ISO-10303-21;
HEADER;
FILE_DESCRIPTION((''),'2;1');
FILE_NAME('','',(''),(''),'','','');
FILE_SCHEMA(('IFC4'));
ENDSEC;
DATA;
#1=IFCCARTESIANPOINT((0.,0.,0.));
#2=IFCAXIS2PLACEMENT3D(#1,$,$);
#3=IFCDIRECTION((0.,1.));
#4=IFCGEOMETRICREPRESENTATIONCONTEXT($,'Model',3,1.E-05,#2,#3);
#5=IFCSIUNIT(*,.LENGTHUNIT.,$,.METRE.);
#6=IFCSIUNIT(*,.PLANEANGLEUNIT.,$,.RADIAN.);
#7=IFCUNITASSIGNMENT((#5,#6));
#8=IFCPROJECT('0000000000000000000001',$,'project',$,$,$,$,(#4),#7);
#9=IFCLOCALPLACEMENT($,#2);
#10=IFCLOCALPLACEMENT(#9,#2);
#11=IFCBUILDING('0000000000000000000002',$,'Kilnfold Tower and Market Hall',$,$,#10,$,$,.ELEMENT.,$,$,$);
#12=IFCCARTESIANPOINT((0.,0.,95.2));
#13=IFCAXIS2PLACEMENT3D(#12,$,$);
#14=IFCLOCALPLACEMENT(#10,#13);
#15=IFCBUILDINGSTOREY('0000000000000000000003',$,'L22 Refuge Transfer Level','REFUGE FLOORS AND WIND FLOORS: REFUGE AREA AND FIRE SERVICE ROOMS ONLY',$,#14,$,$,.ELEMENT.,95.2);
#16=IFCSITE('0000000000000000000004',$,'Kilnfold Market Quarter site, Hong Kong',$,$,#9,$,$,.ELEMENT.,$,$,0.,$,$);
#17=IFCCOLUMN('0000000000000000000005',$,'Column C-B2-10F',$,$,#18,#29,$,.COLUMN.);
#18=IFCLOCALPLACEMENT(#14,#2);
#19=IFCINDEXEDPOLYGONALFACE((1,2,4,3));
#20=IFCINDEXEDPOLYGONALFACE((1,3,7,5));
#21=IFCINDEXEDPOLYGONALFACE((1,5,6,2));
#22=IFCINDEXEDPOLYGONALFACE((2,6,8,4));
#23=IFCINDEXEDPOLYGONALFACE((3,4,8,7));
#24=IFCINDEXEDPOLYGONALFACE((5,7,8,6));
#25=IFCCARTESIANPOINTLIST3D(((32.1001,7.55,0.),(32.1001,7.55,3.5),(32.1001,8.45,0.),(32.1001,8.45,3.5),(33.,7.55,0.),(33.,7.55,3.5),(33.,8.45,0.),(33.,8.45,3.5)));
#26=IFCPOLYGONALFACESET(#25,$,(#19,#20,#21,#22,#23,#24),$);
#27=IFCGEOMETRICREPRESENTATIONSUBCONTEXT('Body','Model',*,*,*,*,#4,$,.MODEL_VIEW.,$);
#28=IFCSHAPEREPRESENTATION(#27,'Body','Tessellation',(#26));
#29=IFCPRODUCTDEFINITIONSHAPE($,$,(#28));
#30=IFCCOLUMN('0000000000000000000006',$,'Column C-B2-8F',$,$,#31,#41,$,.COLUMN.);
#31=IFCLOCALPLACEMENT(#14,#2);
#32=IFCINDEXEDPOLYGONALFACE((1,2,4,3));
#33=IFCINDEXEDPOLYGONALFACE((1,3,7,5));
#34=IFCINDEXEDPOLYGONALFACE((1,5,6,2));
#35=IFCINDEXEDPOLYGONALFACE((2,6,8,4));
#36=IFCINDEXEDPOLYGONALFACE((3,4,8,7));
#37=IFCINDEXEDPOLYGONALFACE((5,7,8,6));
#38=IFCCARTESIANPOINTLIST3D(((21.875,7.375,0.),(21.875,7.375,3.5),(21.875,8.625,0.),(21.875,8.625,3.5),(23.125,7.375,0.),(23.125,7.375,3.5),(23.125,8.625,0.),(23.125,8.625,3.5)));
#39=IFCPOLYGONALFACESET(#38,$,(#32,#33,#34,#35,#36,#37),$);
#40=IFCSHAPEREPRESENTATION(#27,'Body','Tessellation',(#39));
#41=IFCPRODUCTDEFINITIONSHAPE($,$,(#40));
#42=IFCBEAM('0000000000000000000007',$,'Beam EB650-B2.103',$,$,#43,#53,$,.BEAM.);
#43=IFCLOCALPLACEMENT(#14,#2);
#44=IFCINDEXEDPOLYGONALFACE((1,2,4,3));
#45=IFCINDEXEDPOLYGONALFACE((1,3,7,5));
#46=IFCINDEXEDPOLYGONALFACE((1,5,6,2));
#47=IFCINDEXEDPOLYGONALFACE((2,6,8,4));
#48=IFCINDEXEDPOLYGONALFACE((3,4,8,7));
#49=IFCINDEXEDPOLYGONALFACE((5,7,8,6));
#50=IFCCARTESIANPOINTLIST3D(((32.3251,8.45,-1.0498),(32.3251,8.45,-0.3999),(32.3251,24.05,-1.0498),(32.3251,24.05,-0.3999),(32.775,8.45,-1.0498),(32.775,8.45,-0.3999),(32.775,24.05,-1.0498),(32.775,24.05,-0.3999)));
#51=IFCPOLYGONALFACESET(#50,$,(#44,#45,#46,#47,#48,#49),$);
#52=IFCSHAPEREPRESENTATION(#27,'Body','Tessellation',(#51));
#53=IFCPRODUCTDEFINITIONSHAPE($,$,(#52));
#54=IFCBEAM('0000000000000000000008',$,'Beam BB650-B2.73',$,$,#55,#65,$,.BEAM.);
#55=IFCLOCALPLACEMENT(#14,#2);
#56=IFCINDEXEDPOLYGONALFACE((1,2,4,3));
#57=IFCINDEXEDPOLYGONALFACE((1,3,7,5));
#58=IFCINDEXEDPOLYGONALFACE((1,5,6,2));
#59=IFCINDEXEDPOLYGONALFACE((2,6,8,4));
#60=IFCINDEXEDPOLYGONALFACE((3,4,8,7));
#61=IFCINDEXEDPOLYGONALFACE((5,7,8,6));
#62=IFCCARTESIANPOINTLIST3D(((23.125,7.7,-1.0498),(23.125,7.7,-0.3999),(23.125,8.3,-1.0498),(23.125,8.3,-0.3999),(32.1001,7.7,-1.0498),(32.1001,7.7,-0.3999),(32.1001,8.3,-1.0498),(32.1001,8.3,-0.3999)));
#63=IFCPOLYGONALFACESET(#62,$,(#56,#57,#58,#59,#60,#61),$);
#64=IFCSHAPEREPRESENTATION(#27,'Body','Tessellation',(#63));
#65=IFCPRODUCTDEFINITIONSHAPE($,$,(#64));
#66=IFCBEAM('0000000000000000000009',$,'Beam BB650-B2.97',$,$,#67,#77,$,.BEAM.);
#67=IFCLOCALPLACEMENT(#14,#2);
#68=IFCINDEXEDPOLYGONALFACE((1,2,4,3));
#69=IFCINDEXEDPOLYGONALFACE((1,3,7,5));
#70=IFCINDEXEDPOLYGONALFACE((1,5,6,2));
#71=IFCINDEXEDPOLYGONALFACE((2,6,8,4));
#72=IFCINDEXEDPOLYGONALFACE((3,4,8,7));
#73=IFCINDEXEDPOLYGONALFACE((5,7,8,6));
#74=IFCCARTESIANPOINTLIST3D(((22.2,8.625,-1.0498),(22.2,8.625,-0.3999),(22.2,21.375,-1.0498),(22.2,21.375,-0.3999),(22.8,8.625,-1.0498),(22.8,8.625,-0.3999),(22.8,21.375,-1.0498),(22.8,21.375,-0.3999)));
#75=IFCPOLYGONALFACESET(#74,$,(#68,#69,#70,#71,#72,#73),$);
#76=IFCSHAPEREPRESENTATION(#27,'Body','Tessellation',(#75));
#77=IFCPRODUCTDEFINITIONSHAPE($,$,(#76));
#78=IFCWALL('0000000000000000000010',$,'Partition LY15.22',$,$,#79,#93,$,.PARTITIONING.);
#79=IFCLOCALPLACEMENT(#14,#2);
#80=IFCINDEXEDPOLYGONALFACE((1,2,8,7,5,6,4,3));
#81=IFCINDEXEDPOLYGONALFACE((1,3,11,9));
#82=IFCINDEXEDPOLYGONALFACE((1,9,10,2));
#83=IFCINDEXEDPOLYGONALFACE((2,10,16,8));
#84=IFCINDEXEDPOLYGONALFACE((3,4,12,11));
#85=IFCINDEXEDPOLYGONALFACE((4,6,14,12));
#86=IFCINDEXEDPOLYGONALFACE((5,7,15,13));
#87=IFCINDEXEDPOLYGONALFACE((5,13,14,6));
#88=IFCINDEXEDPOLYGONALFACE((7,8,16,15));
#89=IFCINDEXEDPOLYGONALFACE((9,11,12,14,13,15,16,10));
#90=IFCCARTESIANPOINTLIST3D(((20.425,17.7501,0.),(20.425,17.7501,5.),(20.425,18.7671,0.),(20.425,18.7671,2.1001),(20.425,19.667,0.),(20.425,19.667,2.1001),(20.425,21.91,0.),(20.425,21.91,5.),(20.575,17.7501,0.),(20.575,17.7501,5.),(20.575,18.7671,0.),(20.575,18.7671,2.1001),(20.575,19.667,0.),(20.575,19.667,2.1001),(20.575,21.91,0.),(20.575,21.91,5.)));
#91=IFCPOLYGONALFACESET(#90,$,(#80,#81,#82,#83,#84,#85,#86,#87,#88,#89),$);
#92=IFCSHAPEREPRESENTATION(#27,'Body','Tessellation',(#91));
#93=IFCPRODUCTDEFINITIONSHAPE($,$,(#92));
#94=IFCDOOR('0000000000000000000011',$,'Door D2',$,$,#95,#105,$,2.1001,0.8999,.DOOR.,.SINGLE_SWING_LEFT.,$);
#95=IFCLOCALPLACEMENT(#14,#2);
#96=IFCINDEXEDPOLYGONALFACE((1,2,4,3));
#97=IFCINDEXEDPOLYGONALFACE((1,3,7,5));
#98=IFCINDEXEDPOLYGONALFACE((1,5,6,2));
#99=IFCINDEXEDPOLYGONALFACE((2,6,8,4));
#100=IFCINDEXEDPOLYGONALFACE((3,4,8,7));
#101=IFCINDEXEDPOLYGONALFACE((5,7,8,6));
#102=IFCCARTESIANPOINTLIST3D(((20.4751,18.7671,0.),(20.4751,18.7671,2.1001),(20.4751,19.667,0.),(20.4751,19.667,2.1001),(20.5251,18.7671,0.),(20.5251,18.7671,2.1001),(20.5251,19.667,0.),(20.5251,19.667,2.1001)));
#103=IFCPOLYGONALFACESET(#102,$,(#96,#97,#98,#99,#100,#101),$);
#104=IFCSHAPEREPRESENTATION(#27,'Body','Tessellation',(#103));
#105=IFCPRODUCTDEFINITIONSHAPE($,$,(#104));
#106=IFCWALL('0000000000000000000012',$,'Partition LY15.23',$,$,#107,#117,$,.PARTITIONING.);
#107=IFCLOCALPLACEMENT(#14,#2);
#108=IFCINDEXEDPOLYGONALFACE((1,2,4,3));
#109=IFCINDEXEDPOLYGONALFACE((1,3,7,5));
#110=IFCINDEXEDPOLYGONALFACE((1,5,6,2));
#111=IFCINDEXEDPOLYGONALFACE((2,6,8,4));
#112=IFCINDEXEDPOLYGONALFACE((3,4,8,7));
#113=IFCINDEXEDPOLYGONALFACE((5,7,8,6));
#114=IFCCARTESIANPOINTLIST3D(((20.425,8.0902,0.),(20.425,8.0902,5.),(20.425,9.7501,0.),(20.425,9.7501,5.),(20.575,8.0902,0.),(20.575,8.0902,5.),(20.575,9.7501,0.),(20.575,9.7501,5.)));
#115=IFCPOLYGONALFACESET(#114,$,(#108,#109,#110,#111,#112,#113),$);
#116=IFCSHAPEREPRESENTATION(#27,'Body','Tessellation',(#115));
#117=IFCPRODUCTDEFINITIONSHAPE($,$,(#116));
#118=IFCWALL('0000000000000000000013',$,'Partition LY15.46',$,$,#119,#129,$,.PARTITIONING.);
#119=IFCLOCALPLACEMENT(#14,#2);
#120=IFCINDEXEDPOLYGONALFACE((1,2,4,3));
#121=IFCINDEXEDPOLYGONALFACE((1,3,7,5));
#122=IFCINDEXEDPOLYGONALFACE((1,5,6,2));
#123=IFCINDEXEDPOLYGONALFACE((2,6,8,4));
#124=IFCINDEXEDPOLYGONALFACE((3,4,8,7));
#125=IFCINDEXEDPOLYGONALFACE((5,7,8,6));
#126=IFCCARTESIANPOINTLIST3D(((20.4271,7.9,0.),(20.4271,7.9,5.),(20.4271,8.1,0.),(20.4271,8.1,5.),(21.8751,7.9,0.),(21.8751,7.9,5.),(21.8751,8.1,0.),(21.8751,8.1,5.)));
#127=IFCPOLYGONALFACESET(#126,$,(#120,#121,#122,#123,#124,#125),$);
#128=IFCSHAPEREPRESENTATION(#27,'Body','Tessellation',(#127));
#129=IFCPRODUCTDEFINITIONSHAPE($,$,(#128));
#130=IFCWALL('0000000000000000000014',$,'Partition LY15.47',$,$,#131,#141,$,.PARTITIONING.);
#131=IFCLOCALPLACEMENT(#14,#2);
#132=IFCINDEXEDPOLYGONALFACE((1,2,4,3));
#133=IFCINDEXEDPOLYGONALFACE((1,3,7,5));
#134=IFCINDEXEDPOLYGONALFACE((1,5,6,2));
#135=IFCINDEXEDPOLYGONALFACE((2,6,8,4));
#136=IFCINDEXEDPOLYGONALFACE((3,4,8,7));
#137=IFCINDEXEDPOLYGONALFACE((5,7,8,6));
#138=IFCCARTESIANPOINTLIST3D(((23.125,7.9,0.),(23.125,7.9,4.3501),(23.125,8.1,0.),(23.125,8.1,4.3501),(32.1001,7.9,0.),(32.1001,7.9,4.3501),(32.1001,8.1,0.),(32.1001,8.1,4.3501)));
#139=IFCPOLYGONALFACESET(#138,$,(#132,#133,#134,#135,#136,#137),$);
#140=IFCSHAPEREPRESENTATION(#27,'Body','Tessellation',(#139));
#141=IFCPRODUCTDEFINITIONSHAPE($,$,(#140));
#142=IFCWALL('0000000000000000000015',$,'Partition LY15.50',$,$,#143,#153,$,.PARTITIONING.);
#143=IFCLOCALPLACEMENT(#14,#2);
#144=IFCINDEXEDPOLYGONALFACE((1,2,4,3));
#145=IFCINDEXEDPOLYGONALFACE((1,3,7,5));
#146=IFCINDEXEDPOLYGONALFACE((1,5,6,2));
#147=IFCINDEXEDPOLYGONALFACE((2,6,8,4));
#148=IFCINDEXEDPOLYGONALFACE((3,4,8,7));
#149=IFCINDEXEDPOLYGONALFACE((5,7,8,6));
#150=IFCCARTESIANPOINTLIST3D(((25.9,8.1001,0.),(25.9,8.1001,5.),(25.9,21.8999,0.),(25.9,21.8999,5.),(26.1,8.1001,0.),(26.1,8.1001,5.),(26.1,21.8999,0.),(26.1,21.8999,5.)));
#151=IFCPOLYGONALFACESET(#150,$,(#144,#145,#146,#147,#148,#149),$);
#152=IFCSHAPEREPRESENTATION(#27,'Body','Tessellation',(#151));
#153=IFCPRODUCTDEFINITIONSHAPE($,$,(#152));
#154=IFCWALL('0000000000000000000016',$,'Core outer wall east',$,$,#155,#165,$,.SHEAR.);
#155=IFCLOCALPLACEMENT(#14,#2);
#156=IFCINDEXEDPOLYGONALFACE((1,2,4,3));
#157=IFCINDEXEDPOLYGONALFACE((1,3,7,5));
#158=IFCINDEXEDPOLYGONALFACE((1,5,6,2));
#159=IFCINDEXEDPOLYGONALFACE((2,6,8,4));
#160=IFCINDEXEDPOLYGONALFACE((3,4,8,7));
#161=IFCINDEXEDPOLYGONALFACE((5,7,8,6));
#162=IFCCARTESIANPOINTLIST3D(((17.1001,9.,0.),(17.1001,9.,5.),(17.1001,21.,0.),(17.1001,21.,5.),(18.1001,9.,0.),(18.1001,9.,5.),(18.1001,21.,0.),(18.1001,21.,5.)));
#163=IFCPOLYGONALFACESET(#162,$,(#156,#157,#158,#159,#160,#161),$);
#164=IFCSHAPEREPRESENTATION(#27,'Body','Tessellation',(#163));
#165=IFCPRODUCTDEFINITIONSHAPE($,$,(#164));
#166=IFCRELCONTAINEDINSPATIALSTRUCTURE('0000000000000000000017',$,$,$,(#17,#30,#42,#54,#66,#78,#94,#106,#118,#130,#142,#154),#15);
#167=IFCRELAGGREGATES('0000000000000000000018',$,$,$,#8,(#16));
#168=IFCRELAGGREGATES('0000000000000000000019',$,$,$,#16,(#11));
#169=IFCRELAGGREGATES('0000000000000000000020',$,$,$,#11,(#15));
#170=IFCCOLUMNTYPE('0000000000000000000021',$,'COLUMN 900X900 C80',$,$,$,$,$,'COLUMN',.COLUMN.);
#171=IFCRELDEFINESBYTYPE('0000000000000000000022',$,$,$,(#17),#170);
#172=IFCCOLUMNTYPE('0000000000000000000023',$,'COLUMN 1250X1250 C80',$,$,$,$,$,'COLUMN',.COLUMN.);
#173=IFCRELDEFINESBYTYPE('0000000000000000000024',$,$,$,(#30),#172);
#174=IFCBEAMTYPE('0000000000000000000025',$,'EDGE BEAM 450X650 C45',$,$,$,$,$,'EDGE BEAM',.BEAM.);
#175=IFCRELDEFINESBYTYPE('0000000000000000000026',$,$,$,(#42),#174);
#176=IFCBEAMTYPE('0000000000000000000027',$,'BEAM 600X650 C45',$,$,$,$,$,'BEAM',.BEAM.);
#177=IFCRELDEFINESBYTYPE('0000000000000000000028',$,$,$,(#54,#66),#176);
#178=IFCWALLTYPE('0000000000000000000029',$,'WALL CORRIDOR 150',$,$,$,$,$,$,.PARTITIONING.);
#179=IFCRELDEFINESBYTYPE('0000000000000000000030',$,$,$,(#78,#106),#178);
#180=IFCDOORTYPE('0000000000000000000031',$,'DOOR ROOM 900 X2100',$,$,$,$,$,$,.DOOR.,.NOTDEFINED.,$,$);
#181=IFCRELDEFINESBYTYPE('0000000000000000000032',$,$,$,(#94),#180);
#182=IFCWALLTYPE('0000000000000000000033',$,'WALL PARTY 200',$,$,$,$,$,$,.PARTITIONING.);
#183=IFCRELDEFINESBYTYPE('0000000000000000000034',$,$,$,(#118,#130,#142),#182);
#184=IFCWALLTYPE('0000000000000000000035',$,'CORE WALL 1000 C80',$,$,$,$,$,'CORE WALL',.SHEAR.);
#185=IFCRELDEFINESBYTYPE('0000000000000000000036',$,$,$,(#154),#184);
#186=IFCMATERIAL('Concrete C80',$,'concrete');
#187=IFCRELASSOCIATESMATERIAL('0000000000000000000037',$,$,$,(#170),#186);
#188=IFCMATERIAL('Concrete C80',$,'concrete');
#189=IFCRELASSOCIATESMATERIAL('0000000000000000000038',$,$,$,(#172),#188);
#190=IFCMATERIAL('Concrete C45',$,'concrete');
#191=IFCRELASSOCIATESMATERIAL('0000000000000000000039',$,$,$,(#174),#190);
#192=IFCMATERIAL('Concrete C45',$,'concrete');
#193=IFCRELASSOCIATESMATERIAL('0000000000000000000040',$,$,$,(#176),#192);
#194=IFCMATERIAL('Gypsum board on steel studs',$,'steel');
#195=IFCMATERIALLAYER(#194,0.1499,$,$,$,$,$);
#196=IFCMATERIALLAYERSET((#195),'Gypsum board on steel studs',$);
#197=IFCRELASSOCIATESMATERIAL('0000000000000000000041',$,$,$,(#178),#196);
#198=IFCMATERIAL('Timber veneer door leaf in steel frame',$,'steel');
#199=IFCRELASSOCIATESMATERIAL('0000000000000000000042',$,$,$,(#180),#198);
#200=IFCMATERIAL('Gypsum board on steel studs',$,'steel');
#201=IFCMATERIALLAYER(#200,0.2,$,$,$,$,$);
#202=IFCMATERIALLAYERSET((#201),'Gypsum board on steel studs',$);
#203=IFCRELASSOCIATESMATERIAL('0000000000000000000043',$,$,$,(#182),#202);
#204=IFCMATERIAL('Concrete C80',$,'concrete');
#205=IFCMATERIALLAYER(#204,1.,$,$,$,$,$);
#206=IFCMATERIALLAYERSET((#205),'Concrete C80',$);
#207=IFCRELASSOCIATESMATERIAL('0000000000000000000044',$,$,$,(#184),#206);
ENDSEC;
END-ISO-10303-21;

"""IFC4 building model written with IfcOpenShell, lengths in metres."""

from ifc_helpers import new_model, si_unit, direction, frame, frame_2d, origin, origin_2d, place, context, subcontext, project, spatial, rectangle, extrude, source, transform, mapped, material, layer, layer_set, material_profile, profile_set, type_object, element, fill, save


model = new_model("IFC4")

# Units and contexts
model_context = context("Model", 3, precision=1e-05, world=origin(), true_north=direction((0.0, 1.0)))
body_context = subcontext(model_context, "Body", "Model", "MODEL_VIEW")
ifc_project = project(units=[si_unit("LENGTHUNIT", "METRE"), si_unit("PLANEANGLEUNIT", "RADIAN")], contexts=[model_context])

# Site, building, storey
site_placement = place(None, origin())
site = spatial("IfcSite", under=ifc_project, at=site_placement, Name="Kilnfold Market Quarter site, Hong Kong", CompositionType="ELEMENT", RefElevation=0.0)
building_placement = place(site_placement, origin())
building = spatial("IfcBuilding", under=site, at=building_placement, Name="Kilnfold Tower and Market Hall", CompositionType="ELEMENT")
storey_placement = place(building_placement, frame((0.0, 0.0, 95.2)))
storey = spatial("IfcBuildingStorey", under=building, at=storey_placement, Name="L22 Refuge Transfer Level", Description="REFUGE FLOORS AND WIND FLOORS: REFUGE AREA AND FIRE SERVICE ROOMS ONLY", CompositionType="ELEMENT", Elevation=95.2)

# Columns
ifc_material_1 = material(Name="Concrete C80", Category="concrete")
ifc_material_profile_1 = material_profile(ifc_material_1, rectangle(XDim=0.8999, YDim=0.8999, at=origin_2d()), Name="RC 900x900")
ifc_profile_set_1 = profile_set([ifc_material_profile_1], Name="Concrete C80")
column_type_1 = type_object("IfcColumnType", Name="COLUMN 900X900 C80", ElementType="COLUMN", PredefinedType="COLUMN", material=ifc_profile_set_1)
shared_shape_1 = source(origin(), body_context, "Body", "SweptSolid", [
    extrude(rectangle(XDim=0.8999, YDim=0.8999, at=origin_2d()), origin(), (0.0, 0.0, 1.0), 3.5),
])
column_1_placement = place(storey_placement, frame((32.55, 8.0, 0.0), z_axis=(0.0, 0.0, 1.0), x_axis=(1.0, 0.0, 0.0)))
element("IfcColumn", 1, at=column_1_placement, inside=storey, type_object=column_type_1, Name="Column C-B2-10F", PredefinedType="COLUMN", context=body_context, shape_type="MappedRepresentation", body=[
    mapped(shared_shape_1, transform((0.0, 0.0, 0.0))),
])
ifc_material_2 = material(Name="Concrete C80", Category="concrete")
ifc_material_profile_2 = material_profile(ifc_material_2, rectangle(XDim=1.25, YDim=1.25, at=origin_2d()), Name="RC 1250x1250")
ifc_profile_set_2 = profile_set([ifc_material_profile_2], Name="Concrete C80")
column_type_2 = type_object("IfcColumnType", Name="COLUMN 1250X1250 C80", ElementType="COLUMN", PredefinedType="COLUMN", material=ifc_profile_set_2)
shared_shape_2 = source(origin(), body_context, "Body", "SweptSolid", [
    extrude(rectangle(XDim=1.25, YDim=1.25, at=origin_2d()), origin(), (0.0, 0.0, 1.0), 3.5),
])
column_2_placement = place(storey_placement, frame((22.5, 8.0, 0.0), z_axis=(0.0, 0.0, 1.0), x_axis=(1.0, 0.0, 0.0)))
element("IfcColumn", 2, at=column_2_placement, inside=storey, type_object=column_type_2, Name="Column C-B2-8F", PredefinedType="COLUMN", context=body_context, shape_type="MappedRepresentation", body=[
    mapped(shared_shape_2, transform((0.0, 0.0, 0.0))),
])

# Beams
ifc_material_3 = material(Name="Concrete C45", Category="concrete")
ifc_material_profile_3 = material_profile(ifc_material_3, rectangle(XDim=0.45, YDim=0.6499, at=origin_2d()), Name="RC 450x650")
ifc_profile_set_3 = profile_set([ifc_material_profile_3], Name="Concrete C45")
beam_type_1 = type_object("IfcBeamType", Name="EDGE BEAM 450X650 C45", ElementType="EDGE BEAM", PredefinedType="BEAM", material=ifc_profile_set_3)
shared_shape_3 = source(origin(), body_context, "Body", "SweptSolid", [
    extrude(rectangle(XDim=0.45, YDim=0.6499, at=origin_2d()), origin(), (0.0, 0.0, 1.0), 15.6001),
])
beam_1_placement = place(storey_placement, frame((32.55, 8.45, -0.7249), z_axis=(0.0, 1.0, 0.0), x_axis=(-1.0, 0.0, 0.0)))
element("IfcBeam", 3, at=beam_1_placement, inside=storey, type_object=beam_type_1, Name="Beam EB650-B2.103", PredefinedType="BEAM", context=body_context, shape_type="MappedRepresentation", body=[
    mapped(shared_shape_3, transform((0.0, 0.0, 0.0))),
])
ifc_material_4 = material(Name="Concrete C45", Category="concrete")
ifc_material_profile_4 = material_profile(ifc_material_4, rectangle(XDim=0.6001, YDim=0.6499, at=origin_2d()), Name="RC 600x650")
ifc_profile_set_4 = profile_set([ifc_material_profile_4], Name="Concrete C45")
beam_type_2 = type_object("IfcBeamType", Name="BEAM 600X650 C45", ElementType="BEAM", PredefinedType="BEAM", material=ifc_profile_set_4)
shared_shape_4 = source(origin(), body_context, "Body", "SweptSolid", [
    extrude(rectangle(XDim=0.6001, YDim=0.6499, at=origin_2d()), origin(), (0.0, 0.0, 1.0), 8.9751),
])
beam_2_placement = place(storey_placement, frame((23.125, 8.0, -0.7249), z_axis=(1.0, 0.0, 0.0), x_axis=(0.0, 1.0, 0.0)))
element("IfcBeam", 4, at=beam_2_placement, inside=storey, type_object=beam_type_2, Name="Beam BB650-B2.73", PredefinedType="BEAM", context=body_context, shape_type="MappedRepresentation", body=[
    mapped(shared_shape_4, transform((0.0, 0.0, 0.0))),
])
shared_shape_5 = source(origin(), body_context, "Body", "SweptSolid", [
    extrude(rectangle(XDim=0.6001, YDim=0.6499, at=origin_2d()), origin(), (0.0, 0.0, 1.0), 12.75),
])
beam_3_placement = place(storey_placement, frame((22.5, 8.625, -0.7249), z_axis=(0.0, 1.0, 0.0), x_axis=(-1.0, 0.0, 0.0)))
element("IfcBeam", 5, at=beam_3_placement, inside=storey, type_object=beam_type_2, Name="Beam BB650-B2.97", PredefinedType="BEAM", context=body_context, shape_type="MappedRepresentation", body=[
    mapped(shared_shape_5, transform((0.0, 0.0, 0.0))),
])

# Wall, opening, door
ifc_material_5 = material(Name="Gypsum board on steel studs", Category="steel")
ifc_layer_1 = layer(ifc_material_5, 0.1499)
ifc_layer_set_1 = layer_set([ifc_layer_1], Name="Gypsum board on steel studs")
wall_type_1 = type_object("IfcWallType", Name="WALL CORRIDOR 150", PredefinedType="PARTITIONING", material=ifc_layer_set_1)
wall_1_placement = place(storey_placement, frame((20.5, 17.75, 0.0), z_axis=(0.0, 0.0, 1.0), x_axis=(0.0, 1.0, 0.0)))
wall_1 = element("IfcWall", 6, at=wall_1_placement, inside=storey, type_object=wall_type_1, Name="Partition LY15.22", PredefinedType="PARTITIONING", context=body_context, shape_type="SweptSolid", body=[
    extrude(rectangle(XDim=4.1599, YDim=0.1499, at=frame_2d((2.0801, 0.0))), origin(), (0.0, 0.0, 1.0), 5.0),
])
opening_1_placement = place(wall_1_placement, frame((1.0171, 0.0, 0.0)))
opening_1 = element("IfcOpeningElement", 7, at=opening_1_placement, cuts=wall_1, PredefinedType="OPENING", context=body_context, shape_type="SweptSolid", body=[
    extrude(rectangle(XDim=0.8999, YDim=2.1001, at=frame_2d((0.45, 1.05))), frame((0.0, 0.085, 0.0), z_axis=(0.0, -1.0, 0.0), x_axis=(1.0, 0.0, 0.0)), (0.0, 0.0, 1.0), 0.1699),
])
ifc_material_6 = material(Name="Timber veneer door leaf in steel frame", Category="steel")
door_type_1 = type_object("IfcDoorType", Name="DOOR ROOM 900 X2100", OperationType="NOTDEFINED", PredefinedType="DOOR", material=ifc_material_6)
door_1_placement = place(opening_1_placement, origin())
door_1 = element("IfcDoor", 8, at=door_1_placement, inside=storey, type_object=door_type_1, Name="Door D2", OperationType="SINGLE_SWING_LEFT", OverallHeight=2.1001, OverallWidth=0.8999, PredefinedType="DOOR", context=body_context, shape_type="SweptSolid", body=[
    extrude(rectangle(XDim=0.8999, YDim=2.1001, at=frame_2d((0.45, 1.05))), frame((0.0, 0.0249, 0.0), z_axis=(0.0, -1.0, 0.0), x_axis=(1.0, 0.0, 0.0)), (0.0, 0.0, 1.0), 0.05),
])
fill(opening_1, door_1)

# Walls
wall_2_placement = place(storey_placement, frame((20.5, 8.0901, 0.0), z_axis=(0.0, 0.0, 1.0), x_axis=(0.0, 1.0, 0.0)))
element("IfcWall", 9, at=wall_2_placement, inside=storey, type_object=wall_type_1, Name="Partition LY15.23", PredefinedType="PARTITIONING", context=body_context, shape_type="SweptSolid", body=[
    extrude(rectangle(XDim=1.6599, YDim=0.1499, at=frame_2d((0.8301, 0.0))), origin(), (0.0, 0.0, 1.0), 5.0),
])
ifc_material_7 = material(Name="Gypsum board on steel studs", Category="steel")
ifc_layer_2 = layer(ifc_material_7, 0.2)
ifc_layer_set_2 = layer_set([ifc_layer_2], Name="Gypsum board on steel studs")
wall_type_2 = type_object("IfcWallType", Name="WALL PARTY 200", PredefinedType="PARTITIONING", material=ifc_layer_set_2)
wall_3_placement = place(storey_placement, frame((20.427, 8.0, 0.0), z_axis=(0.0, 0.0, 1.0), x_axis=(1.0, 0.0, 0.0)))
element("IfcWall", 10, at=wall_3_placement, inside=storey, type_object=wall_type_2, Name="Partition LY15.46", PredefinedType="PARTITIONING", context=body_context, shape_type="SweptSolid", body=[
    extrude(rectangle(XDim=1.448, YDim=0.2, at=frame_2d((0.7241, 0.0))), origin(), (0.0, 0.0, 1.0), 5.0),
])
wall_4_placement = place(storey_placement, frame((23.125, 8.0, 0.0), z_axis=(0.0, 0.0, 1.0), x_axis=(1.0, 0.0, 0.0)))
element("IfcWall", 11, at=wall_4_placement, inside=storey, type_object=wall_type_2, Name="Partition LY15.47", PredefinedType="PARTITIONING", context=body_context, shape_type="SweptSolid", body=[
    extrude(rectangle(XDim=8.9751, YDim=0.2, at=frame_2d((4.4875, 0.0))), origin(), (0.0, 0.0, 1.0), 4.3501),
])
wall_5_placement = place(storey_placement, frame((26.0, 8.1001, 0.0), z_axis=(0.0, 0.0, 1.0), x_axis=(0.0, 1.0, 0.0)))
element("IfcWall", 12, at=wall_5_placement, inside=storey, type_object=wall_type_2, Name="Partition LY15.50", PredefinedType="PARTITIONING", context=body_context, shape_type="SweptSolid", body=[
    extrude(rectangle(XDim=13.7998, YDim=0.2, at=frame_2d((6.8999, 0.0))), origin(), (0.0, 0.0, 1.0), 5.0),
])
ifc_material_8 = material(Name="Concrete C80", Category="concrete")
ifc_layer_3 = layer(ifc_material_8, 1.0)
ifc_layer_set_3 = layer_set([ifc_layer_3], Name="Concrete C80")
wall_type_3 = type_object("IfcWallType", Name="CORE WALL 1000 C80", ElementType="CORE WALL", PredefinedType="SHEAR", material=ifc_layer_set_3)
shared_shape_6 = source(origin(), body_context, "Body", "SweptSolid", [
    extrude(rectangle(XDim=12.0, YDim=1.0, at=frame_2d((6.0, 0.0))), origin(), (0.0, 0.0, 1.0), 5.0),
])
wall_6_placement = place(storey_placement, frame((17.6001, 9.0, 0.0), z_axis=(0.0, 0.0, 1.0), x_axis=(0.0, 1.0, 0.0)))
element("IfcWall", 13, at=wall_6_placement, inside=storey, type_object=wall_type_3, Name="Core outer wall east", PredefinedType="SHEAR", context=body_context, shape_type="MappedRepresentation", body=[
    mapped(shared_shape_6, transform((0.0, 0.0, 0.0))),
])

save(model, "model.ifc")
